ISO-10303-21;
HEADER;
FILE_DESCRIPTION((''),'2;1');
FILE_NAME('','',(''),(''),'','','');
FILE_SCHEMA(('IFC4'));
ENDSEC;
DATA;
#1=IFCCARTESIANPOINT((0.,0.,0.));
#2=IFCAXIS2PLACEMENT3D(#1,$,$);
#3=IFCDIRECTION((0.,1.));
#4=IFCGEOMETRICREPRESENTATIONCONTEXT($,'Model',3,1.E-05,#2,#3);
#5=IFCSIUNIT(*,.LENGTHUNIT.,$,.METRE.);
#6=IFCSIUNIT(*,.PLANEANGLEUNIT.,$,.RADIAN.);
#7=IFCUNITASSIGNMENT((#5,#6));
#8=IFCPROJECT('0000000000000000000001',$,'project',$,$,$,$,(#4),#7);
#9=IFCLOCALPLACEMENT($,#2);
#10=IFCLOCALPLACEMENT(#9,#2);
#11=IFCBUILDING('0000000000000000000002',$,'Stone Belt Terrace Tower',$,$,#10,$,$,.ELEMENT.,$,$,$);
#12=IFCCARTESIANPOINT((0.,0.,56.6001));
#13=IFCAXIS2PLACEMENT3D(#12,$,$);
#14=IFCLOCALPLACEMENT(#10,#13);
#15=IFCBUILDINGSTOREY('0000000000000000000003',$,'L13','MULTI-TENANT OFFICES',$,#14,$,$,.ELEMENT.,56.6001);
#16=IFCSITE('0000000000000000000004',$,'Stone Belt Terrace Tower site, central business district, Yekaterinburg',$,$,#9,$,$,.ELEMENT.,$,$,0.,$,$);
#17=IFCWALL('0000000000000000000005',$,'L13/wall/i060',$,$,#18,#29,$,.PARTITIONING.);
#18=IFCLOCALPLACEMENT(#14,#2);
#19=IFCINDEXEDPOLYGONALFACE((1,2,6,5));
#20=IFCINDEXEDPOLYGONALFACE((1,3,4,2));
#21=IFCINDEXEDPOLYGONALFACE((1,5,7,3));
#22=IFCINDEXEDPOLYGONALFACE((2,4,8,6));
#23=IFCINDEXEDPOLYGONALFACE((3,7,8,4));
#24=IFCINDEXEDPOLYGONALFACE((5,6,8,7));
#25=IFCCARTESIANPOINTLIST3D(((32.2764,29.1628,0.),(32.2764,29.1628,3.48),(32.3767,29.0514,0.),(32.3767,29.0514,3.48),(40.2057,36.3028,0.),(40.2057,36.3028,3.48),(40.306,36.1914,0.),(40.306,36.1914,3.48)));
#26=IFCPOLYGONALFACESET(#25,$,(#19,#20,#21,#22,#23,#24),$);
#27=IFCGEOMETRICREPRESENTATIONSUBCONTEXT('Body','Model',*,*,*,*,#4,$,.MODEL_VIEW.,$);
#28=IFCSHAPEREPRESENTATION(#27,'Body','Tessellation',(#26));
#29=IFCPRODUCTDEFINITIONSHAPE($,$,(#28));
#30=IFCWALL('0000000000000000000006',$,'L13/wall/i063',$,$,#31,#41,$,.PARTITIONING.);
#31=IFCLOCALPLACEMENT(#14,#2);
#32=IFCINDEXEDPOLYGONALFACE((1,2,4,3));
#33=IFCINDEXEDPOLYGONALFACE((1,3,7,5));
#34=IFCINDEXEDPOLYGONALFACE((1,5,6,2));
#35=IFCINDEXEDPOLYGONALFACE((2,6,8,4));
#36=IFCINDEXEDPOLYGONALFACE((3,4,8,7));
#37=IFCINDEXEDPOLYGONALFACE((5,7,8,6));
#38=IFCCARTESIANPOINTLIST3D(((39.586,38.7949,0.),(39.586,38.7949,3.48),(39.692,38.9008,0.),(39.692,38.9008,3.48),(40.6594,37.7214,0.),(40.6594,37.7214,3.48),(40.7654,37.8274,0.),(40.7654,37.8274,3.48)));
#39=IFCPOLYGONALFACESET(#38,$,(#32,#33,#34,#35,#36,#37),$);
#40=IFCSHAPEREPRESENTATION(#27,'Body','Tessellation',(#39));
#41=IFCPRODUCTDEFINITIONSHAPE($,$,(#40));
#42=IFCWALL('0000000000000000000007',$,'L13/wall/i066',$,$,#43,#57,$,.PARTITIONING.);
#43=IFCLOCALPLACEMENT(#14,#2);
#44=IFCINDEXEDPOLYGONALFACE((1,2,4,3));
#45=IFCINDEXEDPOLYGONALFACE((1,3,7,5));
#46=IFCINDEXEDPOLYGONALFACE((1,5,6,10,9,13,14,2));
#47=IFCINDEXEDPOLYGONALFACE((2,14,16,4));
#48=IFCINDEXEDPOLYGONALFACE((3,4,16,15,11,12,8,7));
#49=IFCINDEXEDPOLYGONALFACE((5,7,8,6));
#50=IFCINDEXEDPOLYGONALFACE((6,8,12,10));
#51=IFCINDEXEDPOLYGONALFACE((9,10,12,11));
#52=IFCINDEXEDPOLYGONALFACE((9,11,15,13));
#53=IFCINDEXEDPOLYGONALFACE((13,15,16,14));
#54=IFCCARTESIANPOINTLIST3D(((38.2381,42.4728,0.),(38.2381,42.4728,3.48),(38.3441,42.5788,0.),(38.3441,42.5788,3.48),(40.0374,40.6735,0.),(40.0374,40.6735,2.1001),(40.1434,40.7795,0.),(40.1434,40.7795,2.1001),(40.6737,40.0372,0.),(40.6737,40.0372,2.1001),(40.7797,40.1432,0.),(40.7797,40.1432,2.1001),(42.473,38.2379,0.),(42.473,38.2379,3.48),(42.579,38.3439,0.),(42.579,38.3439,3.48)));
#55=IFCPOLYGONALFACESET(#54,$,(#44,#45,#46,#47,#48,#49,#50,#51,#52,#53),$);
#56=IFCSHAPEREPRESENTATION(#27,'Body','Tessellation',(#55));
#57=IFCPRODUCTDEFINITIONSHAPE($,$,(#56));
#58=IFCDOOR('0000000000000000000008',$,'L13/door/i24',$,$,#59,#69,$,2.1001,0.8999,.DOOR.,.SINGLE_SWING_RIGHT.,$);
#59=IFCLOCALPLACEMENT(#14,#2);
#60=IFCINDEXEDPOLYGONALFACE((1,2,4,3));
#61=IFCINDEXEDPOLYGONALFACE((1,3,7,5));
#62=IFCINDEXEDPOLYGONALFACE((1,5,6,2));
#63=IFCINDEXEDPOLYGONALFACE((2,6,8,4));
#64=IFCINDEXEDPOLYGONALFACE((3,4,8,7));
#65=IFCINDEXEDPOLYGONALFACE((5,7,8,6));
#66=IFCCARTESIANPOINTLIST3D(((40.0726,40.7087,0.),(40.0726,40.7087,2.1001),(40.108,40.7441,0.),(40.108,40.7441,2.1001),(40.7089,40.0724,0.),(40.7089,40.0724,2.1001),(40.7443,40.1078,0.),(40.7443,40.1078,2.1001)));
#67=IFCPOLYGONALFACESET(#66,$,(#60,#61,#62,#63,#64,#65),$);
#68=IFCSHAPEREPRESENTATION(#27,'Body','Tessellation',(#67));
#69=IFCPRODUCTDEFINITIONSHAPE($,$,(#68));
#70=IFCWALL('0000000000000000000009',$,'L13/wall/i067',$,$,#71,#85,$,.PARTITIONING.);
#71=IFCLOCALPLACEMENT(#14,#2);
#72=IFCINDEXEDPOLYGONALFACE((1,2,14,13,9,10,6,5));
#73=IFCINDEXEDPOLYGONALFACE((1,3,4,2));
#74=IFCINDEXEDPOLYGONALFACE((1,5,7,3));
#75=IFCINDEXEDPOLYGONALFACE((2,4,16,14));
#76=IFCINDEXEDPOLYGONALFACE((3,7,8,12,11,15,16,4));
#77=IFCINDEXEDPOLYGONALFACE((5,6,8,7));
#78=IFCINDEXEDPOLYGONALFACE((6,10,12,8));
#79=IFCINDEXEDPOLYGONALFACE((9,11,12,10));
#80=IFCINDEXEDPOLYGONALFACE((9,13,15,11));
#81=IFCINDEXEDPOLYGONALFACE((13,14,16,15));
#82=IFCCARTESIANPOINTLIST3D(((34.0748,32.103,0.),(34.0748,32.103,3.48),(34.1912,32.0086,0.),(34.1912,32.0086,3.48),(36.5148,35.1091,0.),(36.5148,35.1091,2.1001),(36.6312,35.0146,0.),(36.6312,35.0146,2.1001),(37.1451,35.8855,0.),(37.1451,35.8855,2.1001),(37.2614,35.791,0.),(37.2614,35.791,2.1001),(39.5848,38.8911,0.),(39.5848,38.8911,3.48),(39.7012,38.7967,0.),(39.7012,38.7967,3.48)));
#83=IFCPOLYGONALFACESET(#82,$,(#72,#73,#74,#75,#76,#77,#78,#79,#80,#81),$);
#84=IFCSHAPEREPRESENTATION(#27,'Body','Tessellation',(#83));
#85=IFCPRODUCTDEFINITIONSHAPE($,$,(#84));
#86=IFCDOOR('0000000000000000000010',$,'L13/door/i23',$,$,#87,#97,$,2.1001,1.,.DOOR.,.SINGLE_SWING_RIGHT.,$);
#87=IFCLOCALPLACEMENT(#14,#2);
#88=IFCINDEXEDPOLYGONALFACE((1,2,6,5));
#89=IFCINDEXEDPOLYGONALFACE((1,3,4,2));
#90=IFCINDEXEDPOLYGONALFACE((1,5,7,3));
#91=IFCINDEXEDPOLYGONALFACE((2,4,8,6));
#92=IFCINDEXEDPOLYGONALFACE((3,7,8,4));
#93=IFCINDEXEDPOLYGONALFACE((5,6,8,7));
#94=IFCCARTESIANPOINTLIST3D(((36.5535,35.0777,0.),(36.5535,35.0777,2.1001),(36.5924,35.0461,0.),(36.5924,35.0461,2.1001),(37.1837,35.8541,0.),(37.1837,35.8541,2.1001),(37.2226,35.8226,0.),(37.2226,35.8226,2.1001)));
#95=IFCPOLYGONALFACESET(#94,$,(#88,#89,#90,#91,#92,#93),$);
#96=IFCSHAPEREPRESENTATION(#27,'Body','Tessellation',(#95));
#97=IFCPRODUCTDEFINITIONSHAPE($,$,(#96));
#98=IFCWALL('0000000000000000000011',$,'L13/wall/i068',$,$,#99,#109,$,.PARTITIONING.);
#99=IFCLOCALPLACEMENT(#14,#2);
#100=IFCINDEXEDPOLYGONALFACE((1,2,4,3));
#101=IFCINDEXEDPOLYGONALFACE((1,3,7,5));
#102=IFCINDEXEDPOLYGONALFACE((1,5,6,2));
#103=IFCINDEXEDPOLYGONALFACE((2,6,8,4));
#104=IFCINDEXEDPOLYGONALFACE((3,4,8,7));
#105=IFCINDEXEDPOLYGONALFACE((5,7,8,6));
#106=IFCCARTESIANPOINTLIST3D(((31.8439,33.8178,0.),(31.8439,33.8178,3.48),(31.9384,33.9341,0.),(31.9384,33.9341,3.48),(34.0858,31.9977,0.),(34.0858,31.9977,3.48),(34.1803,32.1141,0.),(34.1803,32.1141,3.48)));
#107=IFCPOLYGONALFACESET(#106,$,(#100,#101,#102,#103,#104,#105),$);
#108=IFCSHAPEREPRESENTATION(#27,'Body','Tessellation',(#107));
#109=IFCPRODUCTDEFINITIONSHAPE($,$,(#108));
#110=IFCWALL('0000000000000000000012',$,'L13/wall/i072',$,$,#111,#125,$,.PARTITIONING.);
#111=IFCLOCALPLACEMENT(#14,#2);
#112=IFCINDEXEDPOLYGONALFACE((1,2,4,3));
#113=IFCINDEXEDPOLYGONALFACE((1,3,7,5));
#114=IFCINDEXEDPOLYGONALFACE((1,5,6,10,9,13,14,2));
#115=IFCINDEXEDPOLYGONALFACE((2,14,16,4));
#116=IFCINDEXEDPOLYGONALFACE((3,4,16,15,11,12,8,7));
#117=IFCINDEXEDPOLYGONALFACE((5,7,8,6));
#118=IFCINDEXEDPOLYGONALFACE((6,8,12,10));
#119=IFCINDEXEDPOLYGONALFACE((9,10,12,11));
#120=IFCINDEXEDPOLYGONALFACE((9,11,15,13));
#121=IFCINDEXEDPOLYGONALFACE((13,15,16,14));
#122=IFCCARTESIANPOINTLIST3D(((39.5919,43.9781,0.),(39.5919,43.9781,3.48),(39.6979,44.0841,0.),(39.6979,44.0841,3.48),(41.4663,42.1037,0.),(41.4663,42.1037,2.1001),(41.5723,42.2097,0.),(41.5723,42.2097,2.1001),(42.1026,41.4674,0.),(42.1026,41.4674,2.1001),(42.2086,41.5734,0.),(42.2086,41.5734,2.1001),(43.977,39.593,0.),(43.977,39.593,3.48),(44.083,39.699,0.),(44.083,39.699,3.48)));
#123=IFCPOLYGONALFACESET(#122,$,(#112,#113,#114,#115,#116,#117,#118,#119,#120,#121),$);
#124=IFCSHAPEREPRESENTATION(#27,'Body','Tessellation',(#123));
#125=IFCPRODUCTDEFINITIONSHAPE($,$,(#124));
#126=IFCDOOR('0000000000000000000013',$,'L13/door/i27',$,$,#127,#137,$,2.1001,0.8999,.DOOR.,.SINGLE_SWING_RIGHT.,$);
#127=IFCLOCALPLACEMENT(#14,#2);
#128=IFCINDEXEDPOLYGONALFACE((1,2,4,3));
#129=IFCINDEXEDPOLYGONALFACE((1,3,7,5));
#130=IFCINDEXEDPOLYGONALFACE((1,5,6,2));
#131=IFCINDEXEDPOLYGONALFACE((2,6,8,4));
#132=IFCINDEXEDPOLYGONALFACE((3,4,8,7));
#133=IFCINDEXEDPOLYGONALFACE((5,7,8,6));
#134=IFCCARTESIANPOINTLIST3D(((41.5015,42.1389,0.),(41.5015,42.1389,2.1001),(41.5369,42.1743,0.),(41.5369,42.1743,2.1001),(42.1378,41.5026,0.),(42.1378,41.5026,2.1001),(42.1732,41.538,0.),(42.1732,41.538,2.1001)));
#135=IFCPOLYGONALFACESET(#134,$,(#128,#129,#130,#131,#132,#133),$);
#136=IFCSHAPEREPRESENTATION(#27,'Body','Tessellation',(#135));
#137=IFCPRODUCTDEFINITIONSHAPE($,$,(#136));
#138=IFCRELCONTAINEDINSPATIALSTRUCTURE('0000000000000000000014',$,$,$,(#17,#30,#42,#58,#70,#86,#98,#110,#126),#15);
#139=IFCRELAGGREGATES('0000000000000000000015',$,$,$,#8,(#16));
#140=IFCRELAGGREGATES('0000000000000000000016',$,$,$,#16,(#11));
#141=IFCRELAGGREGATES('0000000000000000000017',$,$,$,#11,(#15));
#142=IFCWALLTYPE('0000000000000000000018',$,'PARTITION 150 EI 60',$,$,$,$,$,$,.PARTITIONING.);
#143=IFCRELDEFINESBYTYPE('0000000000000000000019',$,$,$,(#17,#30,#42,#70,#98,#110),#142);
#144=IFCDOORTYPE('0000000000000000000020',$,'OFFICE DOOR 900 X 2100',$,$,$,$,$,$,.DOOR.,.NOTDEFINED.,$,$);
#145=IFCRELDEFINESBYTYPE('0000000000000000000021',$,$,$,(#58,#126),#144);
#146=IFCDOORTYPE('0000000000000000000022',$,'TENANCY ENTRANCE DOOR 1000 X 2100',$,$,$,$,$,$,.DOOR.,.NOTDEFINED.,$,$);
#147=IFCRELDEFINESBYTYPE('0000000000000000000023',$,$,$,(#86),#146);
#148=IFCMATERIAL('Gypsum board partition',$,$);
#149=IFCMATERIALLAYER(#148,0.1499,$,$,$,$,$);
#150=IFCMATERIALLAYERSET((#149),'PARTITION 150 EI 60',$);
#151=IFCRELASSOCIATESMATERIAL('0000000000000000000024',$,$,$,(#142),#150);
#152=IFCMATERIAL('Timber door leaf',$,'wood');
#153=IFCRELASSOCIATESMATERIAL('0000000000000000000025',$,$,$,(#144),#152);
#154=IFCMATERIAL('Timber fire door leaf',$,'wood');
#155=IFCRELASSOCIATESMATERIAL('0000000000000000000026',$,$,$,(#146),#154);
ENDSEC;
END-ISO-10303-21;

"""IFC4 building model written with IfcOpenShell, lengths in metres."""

from ifc_helpers import new_model, si_unit, direction, frame, frame_2d, origin, place, context, subcontext, project, spatial, rectangle, extrude, material, layer, layer_set, type_object, element, fill, save


model = new_model("IFC4")

# Units and contexts
model_context = context("Model", 3, precision=1e-05, world=origin(), true_north=direction((0.0, 1.0)))
body_context = subcontext(model_context, "Body", "Model", "MODEL_VIEW")
ifc_project = project(units=[si_unit("LENGTHUNIT", "METRE"), si_unit("PLANEANGLEUNIT", "RADIAN")], contexts=[model_context])

# Site, building, storey
site_placement = place(None, origin())
site = spatial("IfcSite", under=ifc_project, at=site_placement, Name="Stone Belt Terrace Tower site, central business district, Yekaterinburg", CompositionType="ELEMENT", RefElevation=0.0)
building_placement = place(site_placement, origin())
building = spatial("IfcBuilding", under=site, at=building_placement, Name="Stone Belt Terrace Tower", CompositionType="ELEMENT")
storey_placement = place(building_placement, frame((0.0, 0.0, 56.6001)))
storey = spatial("IfcBuildingStorey", under=building, at=storey_placement, Name="L13", Description="MULTI-TENANT OFFICES", CompositionType="ELEMENT", Elevation=56.6001)

# Walls
ifc_material_1 = material(Name="Gypsum board partition")
ifc_layer_1 = layer(ifc_material_1, 0.1499)
ifc_layer_set_1 = layer_set([ifc_layer_1], Name="PARTITION 150 EI 60")
wall_type_1 = type_object("IfcWallType", Name="PARTITION 150 EI 60", PredefinedType="PARTITIONING", material=ifc_layer_set_1)
wall_1_placement = place(storey_placement, frame((32.3267, 29.1072, 0.0), z_axis=(0.0, 0.0, 1.0), x_axis=(0.743126, 0.669152, 0.0)))
element("IfcWall", 1, at=wall_1_placement, inside=storey, type_object=wall_type_1, Name="L13/wall/i060", PredefinedType="PARTITIONING", context=body_context, shape_type="SweptSolid", body=[
    extrude(rectangle(XDim=10.6702, YDim=0.1499, at=frame_2d((5.335, 0.0))), origin(), (0.0, 0.0, 1.0), 3.48),
])
wall_2_placement = place(storey_placement, frame((40.7124, 37.7744, 0.0), z_axis=(0.0, 0.0, 1.0), x_axis=(-0.707107, 0.707107, 0.0)))
element("IfcWall", 2, at=wall_2_placement, inside=storey, type_object=wall_type_1, Name="L13/wall/i063", PredefinedType="PARTITIONING", context=body_context, shape_type="SweptSolid", body=[
    extrude(rectangle(XDim=1.5181, YDim=0.1499, at=frame_2d((0.759, 0.0))), origin(), (0.0, 0.0, 1.0), 3.48),
])

# Walls, openings, doors
wall_3_placement = place(storey_placement, frame((38.291, 42.5259, 0.0), z_axis=(0.0, 0.0, 1.0), x_axis=(0.707107, -0.707107, 0.0)))
wall_3 = element("IfcWall", 3, at=wall_3_placement, inside=storey, type_object=wall_type_1, Name="L13/wall/i066", PredefinedType="PARTITIONING", context=body_context, shape_type="SweptSolid", body=[
    extrude(rectangle(XDim=5.989, YDim=0.1499, at=frame_2d((2.9946, 0.0))), origin(), (0.0, 0.0, 1.0), 3.48),
])
opening_1_placement = place(wall_3_placement, frame((2.5447, 0.0, 0.0)))
opening_1 = element("IfcOpeningElement", 4, at=opening_1_placement, cuts=wall_3, PredefinedType="OPENING", context=body_context, shape_type="SweptSolid", body=[
    extrude(rectangle(XDim=0.8999, YDim=2.1001, at=frame_2d((0.45, 1.05))), frame((0.0, 0.085, 0.0), z_axis=(0.0, -1.0, 0.0), x_axis=(1.0, 0.0, 0.0)), (0.0, 0.0, 1.0), 0.1699),
])
ifc_material_2 = material(Name="Timber door leaf", Category="wood")
door_type_1 = type_object("IfcDoorType", Name="OFFICE DOOR 900 X 2100", OperationType="NOTDEFINED", PredefinedType="DOOR", material=ifc_material_2)
door_1_placement = place(opening_1_placement, origin())
door_1 = element("IfcDoor", 5, at=door_1_placement, inside=storey, type_object=door_type_1, Name="L13/door/i24", OperationType="SINGLE_SWING_RIGHT", OverallHeight=2.1001, OverallWidth=0.8999, PredefinedType="DOOR", context=body_context, shape_type="SweptSolid", body=[
    extrude(rectangle(XDim=0.8999, YDim=2.1001, at=frame_2d((0.45, 1.05))), frame((0.0, 0.0249, 0.0), z_axis=(0.0, -1.0, 0.0), x_axis=(1.0, 0.0, 0.0)), (0.0, 0.0, 1.0), 0.05),
])
fill(opening_1, door_1)
wall_4_placement = place(storey_placement, frame((39.6431, 38.844, 0.0), z_axis=(0.0, 0.0, 1.0), x_axis=(-0.630227, -0.776411, 0.0)))
wall_4 = element("IfcWall", 6, at=wall_4_placement, inside=storey, type_object=wall_type_1, Name="L13/wall/i067", PredefinedType="PARTITIONING", context=body_context, shape_type="SweptSolid", body=[
    extrude(rectangle(XDim=8.7429, YDim=0.1499, at=frame_2d((4.3716, 0.0))), origin(), (0.0, 0.0, 1.0), 3.48),
])
opening_2_placement = place(wall_4_placement, frame((3.8713, 0.0, 0.0)))
opening_2 = element("IfcOpeningElement", 7, at=opening_2_placement, cuts=wall_4, PredefinedType="OPENING", context=body_context, shape_type="SweptSolid", body=[
    extrude(rectangle(XDim=1.0, YDim=2.1001, at=frame_2d((0.5, 1.05))), frame((0.0, 0.085, 0.0), z_axis=(0.0, -1.0, 0.0), x_axis=(1.0, 0.0, 0.0)), (0.0, 0.0, 1.0), 0.1699),
])
ifc_material_3 = material(Name="Timber fire door leaf", Category="wood")
door_type_2 = type_object("IfcDoorType", Name="TENANCY ENTRANCE DOOR 1000 X 2100", OperationType="NOTDEFINED", PredefinedType="DOOR", material=ifc_material_3)
door_2_placement = place(opening_2_placement, origin())
door_2 = element("IfcDoor", 8, at=door_2_placement, inside=storey, type_object=door_type_2, Name="L13/door/i23", OperationType="SINGLE_SWING_RIGHT", OverallHeight=2.1001, OverallWidth=1.0, PredefinedType="DOOR", context=body_context, shape_type="SweptSolid", body=[
    extrude(rectangle(XDim=1.0, YDim=2.1001, at=frame_2d((0.5, 1.05))), frame((0.0, 0.0249, 0.0), z_axis=(0.0, -1.0, 0.0), x_axis=(1.0, 0.0, 0.0)), (0.0, 0.0, 1.0), 0.05),
])
fill(opening_2, door_2)

# Wall
wall_5_placement = place(storey_placement, frame((34.1331, 32.0559, 0.0), z_axis=(0.0, 0.0, 1.0), x_axis=(-0.77637, 0.630277, 0.0)))
element("IfcWall", 9, at=wall_5_placement, inside=storey, type_object=wall_type_1, Name="L13/wall/i068", PredefinedType="PARTITIONING", context=body_context, shape_type="SweptSolid", body=[
    extrude(rectangle(XDim=2.8877, YDim=0.1499, at=frame_2d((1.4438, 0.0))), origin(), (0.0, 0.0, 1.0), 3.48),
])

# Wall, opening, door
wall_6_placement = place(storey_placement, frame((39.645, 44.031, 0.0), z_axis=(0.0, 0.0, 1.0), x_axis=(0.707107, -0.707107, 0.0)))
wall_6 = element("IfcWall", 10, at=wall_6_placement, inside=storey, type_object=wall_type_1, Name="L13/wall/i072", PredefinedType="PARTITIONING", context=body_context, shape_type="SweptSolid", body=[
    extrude(rectangle(XDim=6.2014, YDim=0.1499, at=frame_2d((3.1006, 0.0))), origin(), (0.0, 0.0, 1.0), 3.48),
])
opening_3_placement = place(wall_6_placement, frame((2.6506, 0.0, 0.0)))
opening_3 = element("IfcOpeningElement", 11, at=opening_3_placement, cuts=wall_6, PredefinedType="OPENING", context=body_context, shape_type="SweptSolid", body=[
    extrude(rectangle(XDim=0.8999, YDim=2.1001, at=frame_2d((0.45, 1.05))), frame((0.0, 0.085, 0.0), z_axis=(0.0, -1.0, 0.0), x_axis=(1.0, 0.0, 0.0)), (0.0, 0.0, 1.0), 0.1699),
])
door_3_placement = place(opening_3_placement, origin())
door_3 = element("IfcDoor", 12, at=door_3_placement, inside=storey, type_object=door_type_1, Name="L13/door/i27", OperationType="SINGLE_SWING_RIGHT", OverallHeight=2.1001, OverallWidth=0.8999, PredefinedType="DOOR", context=body_context, shape_type="SweptSolid", body=[
    extrude(rectangle(XDim=0.8999, YDim=2.1001, at=frame_2d((0.45, 1.05))), frame((0.0, 0.0249, 0.0), z_axis=(0.0, -1.0, 0.0), x_axis=(1.0, 0.0, 0.0)), (0.0, 0.0, 1.0), 0.05),
])
fill(opening_3, door_3)

save(model, "model.ifc")
